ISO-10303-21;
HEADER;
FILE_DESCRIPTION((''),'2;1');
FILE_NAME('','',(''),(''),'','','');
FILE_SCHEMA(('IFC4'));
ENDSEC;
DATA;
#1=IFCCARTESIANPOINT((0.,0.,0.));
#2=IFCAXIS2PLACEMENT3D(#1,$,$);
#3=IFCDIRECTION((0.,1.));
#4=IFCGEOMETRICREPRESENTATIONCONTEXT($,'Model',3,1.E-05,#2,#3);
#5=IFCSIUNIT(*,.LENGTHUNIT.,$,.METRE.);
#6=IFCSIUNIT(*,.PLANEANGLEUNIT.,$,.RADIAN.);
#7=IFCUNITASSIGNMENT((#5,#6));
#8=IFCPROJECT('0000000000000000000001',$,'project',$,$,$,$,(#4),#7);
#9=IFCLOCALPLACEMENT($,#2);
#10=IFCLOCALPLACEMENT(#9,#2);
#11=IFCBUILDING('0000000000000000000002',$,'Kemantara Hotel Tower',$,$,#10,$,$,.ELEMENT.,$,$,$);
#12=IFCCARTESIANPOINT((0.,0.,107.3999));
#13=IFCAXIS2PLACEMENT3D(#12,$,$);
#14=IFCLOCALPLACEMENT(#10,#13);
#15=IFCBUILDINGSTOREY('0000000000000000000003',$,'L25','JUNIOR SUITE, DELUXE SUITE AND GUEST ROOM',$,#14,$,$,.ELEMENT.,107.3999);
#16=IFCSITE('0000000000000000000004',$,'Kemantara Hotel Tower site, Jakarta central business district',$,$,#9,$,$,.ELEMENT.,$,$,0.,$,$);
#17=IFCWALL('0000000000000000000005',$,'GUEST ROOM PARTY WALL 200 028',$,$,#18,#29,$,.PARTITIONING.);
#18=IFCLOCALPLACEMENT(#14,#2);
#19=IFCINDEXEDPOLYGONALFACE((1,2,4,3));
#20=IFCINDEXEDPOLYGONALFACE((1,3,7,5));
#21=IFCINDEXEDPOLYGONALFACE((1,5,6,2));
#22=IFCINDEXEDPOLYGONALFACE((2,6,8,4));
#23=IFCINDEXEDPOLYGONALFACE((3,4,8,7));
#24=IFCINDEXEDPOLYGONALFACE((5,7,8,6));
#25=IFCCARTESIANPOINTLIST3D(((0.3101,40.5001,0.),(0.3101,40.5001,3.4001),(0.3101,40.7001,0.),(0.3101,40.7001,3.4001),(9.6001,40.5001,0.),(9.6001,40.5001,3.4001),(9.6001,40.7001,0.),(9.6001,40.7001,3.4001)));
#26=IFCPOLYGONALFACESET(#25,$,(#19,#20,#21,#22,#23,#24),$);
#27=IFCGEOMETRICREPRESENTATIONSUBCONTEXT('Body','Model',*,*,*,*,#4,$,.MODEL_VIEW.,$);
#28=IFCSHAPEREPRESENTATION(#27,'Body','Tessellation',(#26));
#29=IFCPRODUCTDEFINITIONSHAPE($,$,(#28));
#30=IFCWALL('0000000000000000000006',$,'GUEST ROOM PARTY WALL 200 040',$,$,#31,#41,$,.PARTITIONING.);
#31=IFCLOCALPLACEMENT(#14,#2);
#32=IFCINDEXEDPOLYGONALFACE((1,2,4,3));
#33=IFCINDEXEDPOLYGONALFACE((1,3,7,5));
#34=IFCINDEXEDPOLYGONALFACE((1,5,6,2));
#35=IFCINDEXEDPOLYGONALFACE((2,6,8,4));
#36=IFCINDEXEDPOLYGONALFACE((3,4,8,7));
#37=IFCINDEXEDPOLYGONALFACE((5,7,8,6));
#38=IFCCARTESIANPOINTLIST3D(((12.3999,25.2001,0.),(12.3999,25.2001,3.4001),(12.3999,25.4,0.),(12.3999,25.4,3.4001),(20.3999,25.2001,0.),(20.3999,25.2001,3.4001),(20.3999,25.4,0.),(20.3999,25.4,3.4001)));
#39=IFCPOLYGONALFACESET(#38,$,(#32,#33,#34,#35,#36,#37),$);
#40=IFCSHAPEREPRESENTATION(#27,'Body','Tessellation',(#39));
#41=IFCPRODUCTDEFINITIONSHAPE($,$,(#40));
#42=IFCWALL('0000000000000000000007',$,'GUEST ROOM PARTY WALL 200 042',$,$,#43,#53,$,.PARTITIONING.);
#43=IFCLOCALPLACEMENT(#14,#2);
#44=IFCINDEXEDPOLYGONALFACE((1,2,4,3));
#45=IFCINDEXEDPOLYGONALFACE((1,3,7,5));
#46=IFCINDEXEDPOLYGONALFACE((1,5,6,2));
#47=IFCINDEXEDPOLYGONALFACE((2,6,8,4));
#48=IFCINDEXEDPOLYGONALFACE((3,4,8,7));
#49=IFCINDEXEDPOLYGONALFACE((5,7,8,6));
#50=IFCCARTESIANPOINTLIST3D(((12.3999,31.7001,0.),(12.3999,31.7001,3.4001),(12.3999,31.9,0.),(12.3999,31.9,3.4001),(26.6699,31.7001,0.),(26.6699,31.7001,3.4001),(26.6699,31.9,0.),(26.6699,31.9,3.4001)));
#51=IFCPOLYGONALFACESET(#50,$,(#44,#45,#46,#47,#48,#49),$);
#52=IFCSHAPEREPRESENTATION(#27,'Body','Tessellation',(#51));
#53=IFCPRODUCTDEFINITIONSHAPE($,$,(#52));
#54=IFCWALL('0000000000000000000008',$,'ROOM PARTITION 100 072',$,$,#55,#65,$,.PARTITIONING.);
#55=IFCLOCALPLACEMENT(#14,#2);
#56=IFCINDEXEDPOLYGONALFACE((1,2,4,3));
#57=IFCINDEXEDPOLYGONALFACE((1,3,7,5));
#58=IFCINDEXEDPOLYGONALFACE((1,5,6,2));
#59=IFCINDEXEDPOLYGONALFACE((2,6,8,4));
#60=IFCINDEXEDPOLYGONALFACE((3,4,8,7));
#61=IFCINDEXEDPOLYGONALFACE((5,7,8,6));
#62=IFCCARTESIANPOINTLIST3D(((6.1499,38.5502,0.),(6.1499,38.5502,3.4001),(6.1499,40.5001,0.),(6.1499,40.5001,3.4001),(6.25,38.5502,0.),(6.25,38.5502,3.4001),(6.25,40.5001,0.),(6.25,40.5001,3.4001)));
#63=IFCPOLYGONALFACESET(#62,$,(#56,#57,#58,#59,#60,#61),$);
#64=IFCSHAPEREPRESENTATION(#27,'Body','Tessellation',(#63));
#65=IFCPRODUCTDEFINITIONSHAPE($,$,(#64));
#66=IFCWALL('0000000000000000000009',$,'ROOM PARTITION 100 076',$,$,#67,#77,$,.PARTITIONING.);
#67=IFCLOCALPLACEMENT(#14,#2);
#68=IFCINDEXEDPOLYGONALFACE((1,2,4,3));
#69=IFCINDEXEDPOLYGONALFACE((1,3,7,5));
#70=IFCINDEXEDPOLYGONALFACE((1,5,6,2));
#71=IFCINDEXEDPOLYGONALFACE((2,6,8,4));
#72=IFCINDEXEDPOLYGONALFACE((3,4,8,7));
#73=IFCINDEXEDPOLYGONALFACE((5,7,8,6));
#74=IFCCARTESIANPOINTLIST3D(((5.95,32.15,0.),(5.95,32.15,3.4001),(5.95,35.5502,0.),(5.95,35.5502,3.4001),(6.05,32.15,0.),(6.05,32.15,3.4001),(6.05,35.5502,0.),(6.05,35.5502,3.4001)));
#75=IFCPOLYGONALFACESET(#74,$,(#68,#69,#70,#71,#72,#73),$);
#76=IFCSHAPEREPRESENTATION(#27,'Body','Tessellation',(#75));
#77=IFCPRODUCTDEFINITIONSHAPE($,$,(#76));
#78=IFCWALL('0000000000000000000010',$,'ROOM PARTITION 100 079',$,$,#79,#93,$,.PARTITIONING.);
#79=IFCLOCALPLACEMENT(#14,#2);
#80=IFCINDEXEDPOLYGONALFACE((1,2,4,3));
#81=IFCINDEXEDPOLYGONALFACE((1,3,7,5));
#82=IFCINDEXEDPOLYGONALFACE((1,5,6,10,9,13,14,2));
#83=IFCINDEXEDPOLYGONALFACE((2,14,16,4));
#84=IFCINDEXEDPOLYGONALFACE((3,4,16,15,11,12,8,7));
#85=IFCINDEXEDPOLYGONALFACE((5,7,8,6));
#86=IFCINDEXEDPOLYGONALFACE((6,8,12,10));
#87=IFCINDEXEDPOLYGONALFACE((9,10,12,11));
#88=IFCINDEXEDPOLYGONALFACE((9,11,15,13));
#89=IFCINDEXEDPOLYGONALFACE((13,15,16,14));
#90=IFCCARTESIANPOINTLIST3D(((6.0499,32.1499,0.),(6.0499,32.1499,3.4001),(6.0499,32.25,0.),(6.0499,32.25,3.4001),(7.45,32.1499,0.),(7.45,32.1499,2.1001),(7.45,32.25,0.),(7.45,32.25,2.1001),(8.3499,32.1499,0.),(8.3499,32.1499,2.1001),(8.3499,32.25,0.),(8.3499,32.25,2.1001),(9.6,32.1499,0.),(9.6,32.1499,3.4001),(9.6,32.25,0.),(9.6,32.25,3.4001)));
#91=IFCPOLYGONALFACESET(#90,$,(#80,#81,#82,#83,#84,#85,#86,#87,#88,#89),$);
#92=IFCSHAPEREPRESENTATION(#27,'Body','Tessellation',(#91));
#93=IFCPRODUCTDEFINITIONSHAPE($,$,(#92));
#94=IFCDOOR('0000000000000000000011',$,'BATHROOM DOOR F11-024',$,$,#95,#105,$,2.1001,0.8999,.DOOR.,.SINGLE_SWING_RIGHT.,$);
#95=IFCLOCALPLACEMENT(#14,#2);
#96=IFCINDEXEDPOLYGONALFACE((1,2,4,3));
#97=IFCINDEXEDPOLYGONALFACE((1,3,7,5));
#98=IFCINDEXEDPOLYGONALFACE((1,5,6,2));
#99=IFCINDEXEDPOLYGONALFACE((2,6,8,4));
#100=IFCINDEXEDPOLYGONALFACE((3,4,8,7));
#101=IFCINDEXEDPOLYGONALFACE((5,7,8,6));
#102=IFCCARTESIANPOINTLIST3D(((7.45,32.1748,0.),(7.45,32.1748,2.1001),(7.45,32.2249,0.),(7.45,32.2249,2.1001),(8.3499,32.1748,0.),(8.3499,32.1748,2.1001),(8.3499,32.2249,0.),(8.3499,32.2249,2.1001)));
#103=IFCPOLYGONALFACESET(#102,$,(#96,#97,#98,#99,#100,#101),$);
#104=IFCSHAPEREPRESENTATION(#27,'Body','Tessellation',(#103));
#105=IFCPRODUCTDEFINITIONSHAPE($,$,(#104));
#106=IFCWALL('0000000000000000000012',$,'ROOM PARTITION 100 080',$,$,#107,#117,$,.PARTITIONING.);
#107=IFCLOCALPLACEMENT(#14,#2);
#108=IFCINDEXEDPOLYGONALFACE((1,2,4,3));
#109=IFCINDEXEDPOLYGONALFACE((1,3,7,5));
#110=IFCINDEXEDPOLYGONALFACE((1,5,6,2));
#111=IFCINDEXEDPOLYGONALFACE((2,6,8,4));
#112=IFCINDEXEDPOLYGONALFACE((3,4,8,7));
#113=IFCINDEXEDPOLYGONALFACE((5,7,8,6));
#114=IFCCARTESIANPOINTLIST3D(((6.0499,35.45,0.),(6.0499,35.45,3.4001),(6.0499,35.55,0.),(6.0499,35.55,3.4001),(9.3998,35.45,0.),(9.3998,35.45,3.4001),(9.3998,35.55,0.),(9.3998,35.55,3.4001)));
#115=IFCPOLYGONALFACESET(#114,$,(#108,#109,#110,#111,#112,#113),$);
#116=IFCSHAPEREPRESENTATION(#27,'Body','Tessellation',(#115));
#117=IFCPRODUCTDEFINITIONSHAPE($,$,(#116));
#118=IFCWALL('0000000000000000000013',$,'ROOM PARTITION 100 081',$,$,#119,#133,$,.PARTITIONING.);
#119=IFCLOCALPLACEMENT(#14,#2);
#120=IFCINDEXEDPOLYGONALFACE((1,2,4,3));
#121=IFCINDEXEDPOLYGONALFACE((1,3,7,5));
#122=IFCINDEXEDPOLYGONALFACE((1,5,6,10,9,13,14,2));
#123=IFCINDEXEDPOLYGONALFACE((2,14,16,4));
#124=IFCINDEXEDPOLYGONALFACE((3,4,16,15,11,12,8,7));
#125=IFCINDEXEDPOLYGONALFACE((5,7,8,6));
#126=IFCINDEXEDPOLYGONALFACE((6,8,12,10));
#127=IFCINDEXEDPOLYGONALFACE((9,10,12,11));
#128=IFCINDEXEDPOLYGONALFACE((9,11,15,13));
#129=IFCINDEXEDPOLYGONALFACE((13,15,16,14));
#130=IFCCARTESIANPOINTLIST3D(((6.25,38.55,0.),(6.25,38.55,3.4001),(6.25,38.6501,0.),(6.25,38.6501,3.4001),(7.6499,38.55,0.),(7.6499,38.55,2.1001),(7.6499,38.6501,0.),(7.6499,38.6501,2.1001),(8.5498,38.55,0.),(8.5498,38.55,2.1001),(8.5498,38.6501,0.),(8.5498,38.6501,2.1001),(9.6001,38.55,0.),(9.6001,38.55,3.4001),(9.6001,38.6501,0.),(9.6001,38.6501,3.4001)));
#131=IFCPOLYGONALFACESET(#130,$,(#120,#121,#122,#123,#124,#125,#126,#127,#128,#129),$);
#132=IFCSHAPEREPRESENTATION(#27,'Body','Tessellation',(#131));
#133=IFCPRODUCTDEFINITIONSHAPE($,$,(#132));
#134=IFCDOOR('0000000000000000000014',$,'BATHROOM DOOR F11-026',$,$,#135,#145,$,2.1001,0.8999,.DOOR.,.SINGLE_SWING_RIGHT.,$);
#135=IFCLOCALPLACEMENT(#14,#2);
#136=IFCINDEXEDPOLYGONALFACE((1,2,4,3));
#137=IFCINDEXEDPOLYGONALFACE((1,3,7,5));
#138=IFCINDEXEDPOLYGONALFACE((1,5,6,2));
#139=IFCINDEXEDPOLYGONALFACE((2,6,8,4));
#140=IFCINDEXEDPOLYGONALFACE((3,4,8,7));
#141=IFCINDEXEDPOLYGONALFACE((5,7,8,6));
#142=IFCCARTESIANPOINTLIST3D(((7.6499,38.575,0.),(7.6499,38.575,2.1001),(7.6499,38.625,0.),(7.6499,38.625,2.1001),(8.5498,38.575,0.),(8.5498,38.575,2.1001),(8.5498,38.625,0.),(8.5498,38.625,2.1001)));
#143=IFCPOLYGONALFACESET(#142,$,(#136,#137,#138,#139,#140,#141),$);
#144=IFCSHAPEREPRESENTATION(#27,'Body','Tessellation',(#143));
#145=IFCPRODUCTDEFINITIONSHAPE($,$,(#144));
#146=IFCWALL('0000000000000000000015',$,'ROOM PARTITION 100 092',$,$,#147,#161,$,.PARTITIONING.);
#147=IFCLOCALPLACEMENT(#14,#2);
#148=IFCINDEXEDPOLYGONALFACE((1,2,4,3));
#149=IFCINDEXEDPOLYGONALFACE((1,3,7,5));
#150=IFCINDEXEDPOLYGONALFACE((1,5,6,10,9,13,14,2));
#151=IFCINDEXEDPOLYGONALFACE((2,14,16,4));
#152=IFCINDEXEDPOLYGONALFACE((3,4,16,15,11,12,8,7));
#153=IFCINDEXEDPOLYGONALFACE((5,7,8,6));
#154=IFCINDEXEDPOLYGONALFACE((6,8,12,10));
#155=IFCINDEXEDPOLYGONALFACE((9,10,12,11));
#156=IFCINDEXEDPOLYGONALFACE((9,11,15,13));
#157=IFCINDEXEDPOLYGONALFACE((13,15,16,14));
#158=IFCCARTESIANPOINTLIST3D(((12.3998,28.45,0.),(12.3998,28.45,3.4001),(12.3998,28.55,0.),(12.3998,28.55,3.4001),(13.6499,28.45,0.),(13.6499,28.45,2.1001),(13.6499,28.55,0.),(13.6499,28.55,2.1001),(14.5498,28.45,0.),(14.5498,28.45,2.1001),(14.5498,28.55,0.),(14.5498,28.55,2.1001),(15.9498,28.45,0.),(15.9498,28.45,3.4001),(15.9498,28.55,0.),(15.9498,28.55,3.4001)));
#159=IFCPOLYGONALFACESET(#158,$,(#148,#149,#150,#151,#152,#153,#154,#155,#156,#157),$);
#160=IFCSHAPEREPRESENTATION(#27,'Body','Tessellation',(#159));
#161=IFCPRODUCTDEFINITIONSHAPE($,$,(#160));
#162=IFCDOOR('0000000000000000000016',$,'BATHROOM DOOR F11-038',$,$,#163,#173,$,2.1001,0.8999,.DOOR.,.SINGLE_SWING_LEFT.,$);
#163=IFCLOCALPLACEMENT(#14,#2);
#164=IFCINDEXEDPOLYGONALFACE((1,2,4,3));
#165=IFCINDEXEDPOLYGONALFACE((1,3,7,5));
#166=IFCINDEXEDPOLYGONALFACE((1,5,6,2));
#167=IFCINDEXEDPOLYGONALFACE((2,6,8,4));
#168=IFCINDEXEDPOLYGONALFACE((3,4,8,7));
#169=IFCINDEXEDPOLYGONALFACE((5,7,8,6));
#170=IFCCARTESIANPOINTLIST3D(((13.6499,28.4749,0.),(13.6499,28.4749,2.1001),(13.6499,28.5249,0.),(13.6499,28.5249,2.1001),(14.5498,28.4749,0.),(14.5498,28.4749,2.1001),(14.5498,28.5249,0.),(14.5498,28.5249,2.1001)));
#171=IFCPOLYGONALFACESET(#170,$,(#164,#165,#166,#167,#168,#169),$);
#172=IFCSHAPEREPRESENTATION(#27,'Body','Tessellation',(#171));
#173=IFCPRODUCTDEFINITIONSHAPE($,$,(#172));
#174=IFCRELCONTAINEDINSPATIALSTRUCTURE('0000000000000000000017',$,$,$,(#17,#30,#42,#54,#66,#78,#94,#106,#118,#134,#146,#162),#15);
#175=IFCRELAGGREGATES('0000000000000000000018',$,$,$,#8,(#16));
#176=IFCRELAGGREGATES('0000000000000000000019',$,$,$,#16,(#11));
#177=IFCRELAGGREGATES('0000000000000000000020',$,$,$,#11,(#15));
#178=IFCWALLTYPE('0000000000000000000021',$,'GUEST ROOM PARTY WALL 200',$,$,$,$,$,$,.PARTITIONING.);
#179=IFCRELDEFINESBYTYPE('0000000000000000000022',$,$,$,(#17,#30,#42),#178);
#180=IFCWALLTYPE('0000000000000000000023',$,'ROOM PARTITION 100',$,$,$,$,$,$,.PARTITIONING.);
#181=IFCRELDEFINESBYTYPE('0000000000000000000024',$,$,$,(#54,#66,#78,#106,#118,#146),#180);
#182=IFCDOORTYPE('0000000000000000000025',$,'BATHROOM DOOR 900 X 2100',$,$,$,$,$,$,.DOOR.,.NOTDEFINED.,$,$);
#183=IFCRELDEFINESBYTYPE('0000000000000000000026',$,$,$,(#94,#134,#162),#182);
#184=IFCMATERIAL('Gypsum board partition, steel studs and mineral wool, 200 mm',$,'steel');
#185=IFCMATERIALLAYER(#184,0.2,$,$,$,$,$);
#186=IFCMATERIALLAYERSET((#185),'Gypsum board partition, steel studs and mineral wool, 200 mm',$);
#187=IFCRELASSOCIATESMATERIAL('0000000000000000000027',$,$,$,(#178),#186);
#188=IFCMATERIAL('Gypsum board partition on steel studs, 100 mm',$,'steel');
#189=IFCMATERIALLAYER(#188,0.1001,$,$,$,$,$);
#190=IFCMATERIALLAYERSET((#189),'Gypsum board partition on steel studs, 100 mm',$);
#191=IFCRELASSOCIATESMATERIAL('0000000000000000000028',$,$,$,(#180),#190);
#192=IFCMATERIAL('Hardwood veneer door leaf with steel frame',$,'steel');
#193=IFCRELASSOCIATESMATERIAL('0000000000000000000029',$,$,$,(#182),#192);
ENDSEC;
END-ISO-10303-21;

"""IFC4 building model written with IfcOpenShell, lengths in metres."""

from ifc_helpers import new_model, si_unit, direction, frame, frame_2d, origin, place, context, subcontext, project, spatial, rectangle, extrude, material, layer, layer_set, type_object, element, fill, save


model = new_model("IFC4")

# Units and contexts
model_context = context("Model", 3, precision=1e-05, world=origin(), true_north=direction((0.0, 1.0)))
body_context = subcontext(model_context, "Body", "Model", "MODEL_VIEW")
ifc_project = project(units=[si_unit("LENGTHUNIT", "METRE"), si_unit("PLANEANGLEUNIT", "RADIAN")], contexts=[model_context])

# Site, building, storey
site_placement = place(None, origin())
site = spatial("IfcSite", under=ifc_project, at=site_placement, Name="Kemantara Hotel Tower site, Jakarta central business district", CompositionType="ELEMENT", RefElevation=0.0)
building_placement = place(site_placement, origin())
building = spatial("IfcBuilding", under=site, at=building_placement, Name="Kemantara Hotel Tower", CompositionType="ELEMENT")
storey_placement = place(building_placement, frame((0.0, 0.0, 107.3999)))
storey = spatial("IfcBuildingStorey", under=building, at=storey_placement, Name="L25", Description="JUNIOR SUITE, DELUXE SUITE AND GUEST ROOM", CompositionType="ELEMENT", Elevation=107.3999)

# Shared definitions
ifc_material_1 = material(Name="Gypsum board partition, steel studs and mineral wool, 200 mm", Category="steel")

# Shared definitions
ifc_material_2 = material(Name="Hardwood veneer door leaf with steel frame", Category="steel")

# Walls
ifc_layer_1 = layer(ifc_material_1, 0.2)
ifc_layer_set_1 = layer_set([ifc_layer_1], Name="Gypsum board partition, steel studs and mineral wool, 200 mm")
wall_type_1 = type_object("IfcWallType", Name="GUEST ROOM PARTY WALL 200", PredefinedType="PARTITIONING", material=ifc_layer_set_1)
wall_1_placement = place(storey_placement, frame((0.3101, 40.6001, 0.0), z_axis=(0.0, 0.0, 1.0), x_axis=(1.0, 0.0, 0.0)))
element("IfcWall", 1, at=wall_1_placement, inside=storey, type_object=wall_type_1, Name="GUEST ROOM PARTY WALL 200 028", PredefinedType="PARTITIONING", context=body_context, shape_type="SweptSolid", body=[
    extrude(rectangle(XDim=9.29, YDim=0.2, at=frame_2d((4.645, 0.0))), origin(), (0.0, 0.0, 1.0), 3.4001),
])
wall_2_placement = place(storey_placement, frame((12.3999, 25.3, 0.0), z_axis=(0.0, 0.0, 1.0), x_axis=(1.0, 0.0, 0.0)))
element("IfcWall", 2, at=wall_2_placement, inside=storey, type_object=wall_type_1, Name="GUEST ROOM PARTY WALL 200 040", PredefinedType="PARTITIONING", context=body_context, shape_type="SweptSolid", body=[
    extrude(rectangle(XDim=8.0, YDim=0.2, at=frame_2d((4.0, 0.0))), origin(), (0.0, 0.0, 1.0), 3.4001),
])
wall_3_placement = place(storey_placement, frame((12.3999, 31.8, 0.0), z_axis=(0.0, 0.0, 1.0), x_axis=(1.0, 0.0, 0.0)))
element("IfcWall", 3, at=wall_3_placement, inside=storey, type_object=wall_type_1, Name="GUEST ROOM PARTY WALL 200 042", PredefinedType="PARTITIONING", context=body_context, shape_type="SweptSolid", body=[
    extrude(rectangle(XDim=14.27, YDim=0.2, at=frame_2d((7.135, 0.0))), origin(), (0.0, 0.0, 1.0), 3.4001),
])
ifc_material_3 = material(Name="Gypsum board partition on steel studs, 100 mm", Category="steel")
ifc_layer_2 = layer(ifc_material_3, 0.1001)
ifc_layer_set_2 = layer_set([ifc_layer_2], Name="Gypsum board partition on steel studs, 100 mm")
wall_type_2 = type_object("IfcWallType", Name="ROOM PARTITION 100", PredefinedType="PARTITIONING", material=ifc_layer_set_2)
wall_4_placement = place(storey_placement, frame((6.2, 38.55, 0.0), z_axis=(0.0, 0.0, 1.0), x_axis=(0.0, 1.0, 0.0)))
element("IfcWall", 4, at=wall_4_placement, inside=storey, type_object=wall_type_2, Name="ROOM PARTITION 100 072", PredefinedType="PARTITIONING", context=body_context, shape_type="SweptSolid", body=[
    extrude(rectangle(XDim=1.95, YDim=0.1001, at=frame_2d((0.9751, 0.0))), origin(), (0.0, 0.0, 1.0), 3.4001),
])
wall_5_placement = place(storey_placement, frame((6.0, 32.1499, 0.0), z_axis=(0.0, 0.0, 1.0), x_axis=(0.0, 1.0, 0.0)))
element("IfcWall", 5, at=wall_5_placement, inside=storey, type_object=wall_type_2, Name="ROOM PARTITION 100 076", PredefinedType="PARTITIONING", context=body_context, shape_type="SweptSolid", body=[
    extrude(rectangle(XDim=3.4001, YDim=0.1001, at=frame_2d((1.7002, 0.0))), origin(), (0.0, 0.0, 1.0), 3.4001),
])

# Wall, opening, door
wall_6_placement = place(storey_placement, frame((6.05, 32.2, 0.0), z_axis=(0.0, 0.0, 1.0), x_axis=(1.0, 0.0, 0.0)))
wall_6 = element("IfcWall", 6, at=wall_6_placement, inside=storey, type_object=wall_type_2, Name="ROOM PARTITION 100 079", PredefinedType="PARTITIONING", context=body_context, shape_type="SweptSolid", body=[
    extrude(rectangle(XDim=3.55, YDim=0.1001, at=frame_2d((1.7749, 0.0))), origin(), (0.0, 0.0, 1.0), 3.4001),
])
opening_1_placement = place(wall_6_placement, frame((1.3999, 0.0, 0.0)))
opening_1 = element("IfcOpeningElement", 7, at=opening_1_placement, cuts=wall_6, PredefinedType="OPENING", context=body_context, shape_type="SweptSolid", body=[
    extrude(rectangle(XDim=0.8999, YDim=2.1001, at=frame_2d((0.45, 1.05))), frame((0.0, 0.0601, 0.0), z_axis=(0.0, -1.0, 0.0), x_axis=(1.0, 0.0, 0.0)), (0.0, 0.0, 1.0), 0.1201),
])
door_type_1 = type_object("IfcDoorType", Name="BATHROOM DOOR 900 X 2100", OperationType="NOTDEFINED", PredefinedType="DOOR", material=ifc_material_2)
door_1_placement = place(opening_1_placement, origin())
door_1 = element("IfcDoor", 8, at=door_1_placement, inside=storey, type_object=door_type_1, Name="BATHROOM DOOR F11-024", OperationType="SINGLE_SWING_RIGHT", OverallHeight=2.1001, OverallWidth=0.8999, PredefinedType="DOOR", context=body_context, shape_type="SweptSolid", body=[
    extrude(rectangle(XDim=0.8999, YDim=2.1001, at=frame_2d((0.45, 1.05))), frame((0.0, 0.0249, 0.0), z_axis=(0.0, -1.0, 0.0), x_axis=(1.0, 0.0, 0.0)), (0.0, 0.0, 1.0), 0.05),
])
fill(opening_1, door_1)

# Wall
wall_7_placement = place(storey_placement, frame((6.05, 35.5, 0.0), z_axis=(0.0, 0.0, 1.0), x_axis=(1.0, 0.0, 0.0)))
element("IfcWall", 9, at=wall_7_placement, inside=storey, type_object=wall_type_2, Name="ROOM PARTITION 100 080", PredefinedType="PARTITIONING", context=body_context, shape_type="SweptSolid", body=[
    extrude(rectangle(XDim=3.3499, YDim=0.1001, at=frame_2d((1.6748, 0.0))), origin(), (0.0, 0.0, 1.0), 3.4001),
])

# Walls, openings, doors
wall_8_placement = place(storey_placement, frame((6.25, 38.6001, 0.0), z_axis=(0.0, 0.0, 1.0), x_axis=(1.0, 0.0, 0.0)))
wall_8 = element("IfcWall", 10, at=wall_8_placement, inside=storey, type_object=wall_type_2, Name="ROOM PARTITION 100 081", PredefinedType="PARTITIONING", context=body_context, shape_type="SweptSolid", body=[
    extrude(rectangle(XDim=3.3501, YDim=0.1001, at=frame_2d((1.675, 0.0))), origin(), (0.0, 0.0, 1.0), 3.4001),
])
opening_2_placement = place(wall_8_placement, frame((1.3999, 0.0, 0.0)))
opening_2 = element("IfcOpeningElement", 11, at=opening_2_placement, cuts=wall_8, PredefinedType="OPENING", context=body_context, shape_type="SweptSolid", body=[
    extrude(rectangle(XDim=0.8999, YDim=2.1001, at=frame_2d((0.45, 1.05))), frame((0.0, 0.0601, 0.0), z_axis=(0.0, -1.0, 0.0), x_axis=(1.0, 0.0, 0.0)), (0.0, 0.0, 1.0), 0.1201),
])
door_2_placement = place(opening_2_placement, origin())
door_2 = element("IfcDoor", 12, at=door_2_placement, inside=storey, type_object=door_type_1, Name="BATHROOM DOOR F11-026", OperationType="SINGLE_SWING_RIGHT", OverallHeight=2.1001, OverallWidth=0.8999, PredefinedType="DOOR", context=body_context, shape_type="SweptSolid", body=[
    extrude(rectangle(XDim=0.8999, YDim=2.1001, at=frame_2d((0.45, 1.05))), frame((0.0, 0.0249, 0.0), z_axis=(0.0, -1.0, 0.0), x_axis=(1.0, 0.0, 0.0)), (0.0, 0.0, 1.0), 0.05),
])
fill(opening_2, door_2)
wall_9_placement = place(storey_placement, frame((12.3999, 28.5, 0.0), z_axis=(0.0, 0.0, 1.0), x_axis=(1.0, 0.0, 0.0)))
wall_9 = element("IfcWall", 13, at=wall_9_placement, inside=storey, type_object=wall_type_2, Name="ROOM PARTITION 100 092", PredefinedType="PARTITIONING", context=body_context, shape_type="SweptSolid", body=[
    extrude(rectangle(XDim=3.55, YDim=0.1001, at=frame_2d((1.7749, 0.0))), origin(), (0.0, 0.0, 1.0), 3.4001),
])
opening_3_placement = place(wall_9_placement, frame((1.25, 0.0, 0.0)))
opening_3 = element("IfcOpeningElement", 14, at=opening_3_placement, cuts=wall_9, PredefinedType="OPENING", context=body_context, shape_type="SweptSolid", body=[
    extrude(rectangle(XDim=0.8999, YDim=2.1001, at=frame_2d((0.45, 1.05))), frame((0.0, 0.0601, 0.0), z_axis=(0.0, -1.0, 0.0), x_axis=(1.0, 0.0, 0.0)), (0.0, 0.0, 1.0), 0.1201),
])
door_3_placement = place(opening_3_placement, origin())
door_3 = element("IfcDoor", 15, at=door_3_placement, inside=storey, type_object=door_type_1, Name="BATHROOM DOOR F11-038", OperationType="SINGLE_SWING_LEFT", OverallHeight=2.1001, OverallWidth=0.8999, PredefinedType="DOOR", context=body_context, shape_type="SweptSolid", body=[
    extrude(rectangle(XDim=0.8999, YDim=2.1001, at=frame_2d((0.45, 1.05))), frame((0.0, 0.0249, 0.0), z_axis=(0.0, -1.0, 0.0), x_axis=(1.0, 0.0, 0.0)), (0.0, 0.0, 1.0), 0.05),
])
fill(opening_3, door_3)

save(model, "model.ifc")
